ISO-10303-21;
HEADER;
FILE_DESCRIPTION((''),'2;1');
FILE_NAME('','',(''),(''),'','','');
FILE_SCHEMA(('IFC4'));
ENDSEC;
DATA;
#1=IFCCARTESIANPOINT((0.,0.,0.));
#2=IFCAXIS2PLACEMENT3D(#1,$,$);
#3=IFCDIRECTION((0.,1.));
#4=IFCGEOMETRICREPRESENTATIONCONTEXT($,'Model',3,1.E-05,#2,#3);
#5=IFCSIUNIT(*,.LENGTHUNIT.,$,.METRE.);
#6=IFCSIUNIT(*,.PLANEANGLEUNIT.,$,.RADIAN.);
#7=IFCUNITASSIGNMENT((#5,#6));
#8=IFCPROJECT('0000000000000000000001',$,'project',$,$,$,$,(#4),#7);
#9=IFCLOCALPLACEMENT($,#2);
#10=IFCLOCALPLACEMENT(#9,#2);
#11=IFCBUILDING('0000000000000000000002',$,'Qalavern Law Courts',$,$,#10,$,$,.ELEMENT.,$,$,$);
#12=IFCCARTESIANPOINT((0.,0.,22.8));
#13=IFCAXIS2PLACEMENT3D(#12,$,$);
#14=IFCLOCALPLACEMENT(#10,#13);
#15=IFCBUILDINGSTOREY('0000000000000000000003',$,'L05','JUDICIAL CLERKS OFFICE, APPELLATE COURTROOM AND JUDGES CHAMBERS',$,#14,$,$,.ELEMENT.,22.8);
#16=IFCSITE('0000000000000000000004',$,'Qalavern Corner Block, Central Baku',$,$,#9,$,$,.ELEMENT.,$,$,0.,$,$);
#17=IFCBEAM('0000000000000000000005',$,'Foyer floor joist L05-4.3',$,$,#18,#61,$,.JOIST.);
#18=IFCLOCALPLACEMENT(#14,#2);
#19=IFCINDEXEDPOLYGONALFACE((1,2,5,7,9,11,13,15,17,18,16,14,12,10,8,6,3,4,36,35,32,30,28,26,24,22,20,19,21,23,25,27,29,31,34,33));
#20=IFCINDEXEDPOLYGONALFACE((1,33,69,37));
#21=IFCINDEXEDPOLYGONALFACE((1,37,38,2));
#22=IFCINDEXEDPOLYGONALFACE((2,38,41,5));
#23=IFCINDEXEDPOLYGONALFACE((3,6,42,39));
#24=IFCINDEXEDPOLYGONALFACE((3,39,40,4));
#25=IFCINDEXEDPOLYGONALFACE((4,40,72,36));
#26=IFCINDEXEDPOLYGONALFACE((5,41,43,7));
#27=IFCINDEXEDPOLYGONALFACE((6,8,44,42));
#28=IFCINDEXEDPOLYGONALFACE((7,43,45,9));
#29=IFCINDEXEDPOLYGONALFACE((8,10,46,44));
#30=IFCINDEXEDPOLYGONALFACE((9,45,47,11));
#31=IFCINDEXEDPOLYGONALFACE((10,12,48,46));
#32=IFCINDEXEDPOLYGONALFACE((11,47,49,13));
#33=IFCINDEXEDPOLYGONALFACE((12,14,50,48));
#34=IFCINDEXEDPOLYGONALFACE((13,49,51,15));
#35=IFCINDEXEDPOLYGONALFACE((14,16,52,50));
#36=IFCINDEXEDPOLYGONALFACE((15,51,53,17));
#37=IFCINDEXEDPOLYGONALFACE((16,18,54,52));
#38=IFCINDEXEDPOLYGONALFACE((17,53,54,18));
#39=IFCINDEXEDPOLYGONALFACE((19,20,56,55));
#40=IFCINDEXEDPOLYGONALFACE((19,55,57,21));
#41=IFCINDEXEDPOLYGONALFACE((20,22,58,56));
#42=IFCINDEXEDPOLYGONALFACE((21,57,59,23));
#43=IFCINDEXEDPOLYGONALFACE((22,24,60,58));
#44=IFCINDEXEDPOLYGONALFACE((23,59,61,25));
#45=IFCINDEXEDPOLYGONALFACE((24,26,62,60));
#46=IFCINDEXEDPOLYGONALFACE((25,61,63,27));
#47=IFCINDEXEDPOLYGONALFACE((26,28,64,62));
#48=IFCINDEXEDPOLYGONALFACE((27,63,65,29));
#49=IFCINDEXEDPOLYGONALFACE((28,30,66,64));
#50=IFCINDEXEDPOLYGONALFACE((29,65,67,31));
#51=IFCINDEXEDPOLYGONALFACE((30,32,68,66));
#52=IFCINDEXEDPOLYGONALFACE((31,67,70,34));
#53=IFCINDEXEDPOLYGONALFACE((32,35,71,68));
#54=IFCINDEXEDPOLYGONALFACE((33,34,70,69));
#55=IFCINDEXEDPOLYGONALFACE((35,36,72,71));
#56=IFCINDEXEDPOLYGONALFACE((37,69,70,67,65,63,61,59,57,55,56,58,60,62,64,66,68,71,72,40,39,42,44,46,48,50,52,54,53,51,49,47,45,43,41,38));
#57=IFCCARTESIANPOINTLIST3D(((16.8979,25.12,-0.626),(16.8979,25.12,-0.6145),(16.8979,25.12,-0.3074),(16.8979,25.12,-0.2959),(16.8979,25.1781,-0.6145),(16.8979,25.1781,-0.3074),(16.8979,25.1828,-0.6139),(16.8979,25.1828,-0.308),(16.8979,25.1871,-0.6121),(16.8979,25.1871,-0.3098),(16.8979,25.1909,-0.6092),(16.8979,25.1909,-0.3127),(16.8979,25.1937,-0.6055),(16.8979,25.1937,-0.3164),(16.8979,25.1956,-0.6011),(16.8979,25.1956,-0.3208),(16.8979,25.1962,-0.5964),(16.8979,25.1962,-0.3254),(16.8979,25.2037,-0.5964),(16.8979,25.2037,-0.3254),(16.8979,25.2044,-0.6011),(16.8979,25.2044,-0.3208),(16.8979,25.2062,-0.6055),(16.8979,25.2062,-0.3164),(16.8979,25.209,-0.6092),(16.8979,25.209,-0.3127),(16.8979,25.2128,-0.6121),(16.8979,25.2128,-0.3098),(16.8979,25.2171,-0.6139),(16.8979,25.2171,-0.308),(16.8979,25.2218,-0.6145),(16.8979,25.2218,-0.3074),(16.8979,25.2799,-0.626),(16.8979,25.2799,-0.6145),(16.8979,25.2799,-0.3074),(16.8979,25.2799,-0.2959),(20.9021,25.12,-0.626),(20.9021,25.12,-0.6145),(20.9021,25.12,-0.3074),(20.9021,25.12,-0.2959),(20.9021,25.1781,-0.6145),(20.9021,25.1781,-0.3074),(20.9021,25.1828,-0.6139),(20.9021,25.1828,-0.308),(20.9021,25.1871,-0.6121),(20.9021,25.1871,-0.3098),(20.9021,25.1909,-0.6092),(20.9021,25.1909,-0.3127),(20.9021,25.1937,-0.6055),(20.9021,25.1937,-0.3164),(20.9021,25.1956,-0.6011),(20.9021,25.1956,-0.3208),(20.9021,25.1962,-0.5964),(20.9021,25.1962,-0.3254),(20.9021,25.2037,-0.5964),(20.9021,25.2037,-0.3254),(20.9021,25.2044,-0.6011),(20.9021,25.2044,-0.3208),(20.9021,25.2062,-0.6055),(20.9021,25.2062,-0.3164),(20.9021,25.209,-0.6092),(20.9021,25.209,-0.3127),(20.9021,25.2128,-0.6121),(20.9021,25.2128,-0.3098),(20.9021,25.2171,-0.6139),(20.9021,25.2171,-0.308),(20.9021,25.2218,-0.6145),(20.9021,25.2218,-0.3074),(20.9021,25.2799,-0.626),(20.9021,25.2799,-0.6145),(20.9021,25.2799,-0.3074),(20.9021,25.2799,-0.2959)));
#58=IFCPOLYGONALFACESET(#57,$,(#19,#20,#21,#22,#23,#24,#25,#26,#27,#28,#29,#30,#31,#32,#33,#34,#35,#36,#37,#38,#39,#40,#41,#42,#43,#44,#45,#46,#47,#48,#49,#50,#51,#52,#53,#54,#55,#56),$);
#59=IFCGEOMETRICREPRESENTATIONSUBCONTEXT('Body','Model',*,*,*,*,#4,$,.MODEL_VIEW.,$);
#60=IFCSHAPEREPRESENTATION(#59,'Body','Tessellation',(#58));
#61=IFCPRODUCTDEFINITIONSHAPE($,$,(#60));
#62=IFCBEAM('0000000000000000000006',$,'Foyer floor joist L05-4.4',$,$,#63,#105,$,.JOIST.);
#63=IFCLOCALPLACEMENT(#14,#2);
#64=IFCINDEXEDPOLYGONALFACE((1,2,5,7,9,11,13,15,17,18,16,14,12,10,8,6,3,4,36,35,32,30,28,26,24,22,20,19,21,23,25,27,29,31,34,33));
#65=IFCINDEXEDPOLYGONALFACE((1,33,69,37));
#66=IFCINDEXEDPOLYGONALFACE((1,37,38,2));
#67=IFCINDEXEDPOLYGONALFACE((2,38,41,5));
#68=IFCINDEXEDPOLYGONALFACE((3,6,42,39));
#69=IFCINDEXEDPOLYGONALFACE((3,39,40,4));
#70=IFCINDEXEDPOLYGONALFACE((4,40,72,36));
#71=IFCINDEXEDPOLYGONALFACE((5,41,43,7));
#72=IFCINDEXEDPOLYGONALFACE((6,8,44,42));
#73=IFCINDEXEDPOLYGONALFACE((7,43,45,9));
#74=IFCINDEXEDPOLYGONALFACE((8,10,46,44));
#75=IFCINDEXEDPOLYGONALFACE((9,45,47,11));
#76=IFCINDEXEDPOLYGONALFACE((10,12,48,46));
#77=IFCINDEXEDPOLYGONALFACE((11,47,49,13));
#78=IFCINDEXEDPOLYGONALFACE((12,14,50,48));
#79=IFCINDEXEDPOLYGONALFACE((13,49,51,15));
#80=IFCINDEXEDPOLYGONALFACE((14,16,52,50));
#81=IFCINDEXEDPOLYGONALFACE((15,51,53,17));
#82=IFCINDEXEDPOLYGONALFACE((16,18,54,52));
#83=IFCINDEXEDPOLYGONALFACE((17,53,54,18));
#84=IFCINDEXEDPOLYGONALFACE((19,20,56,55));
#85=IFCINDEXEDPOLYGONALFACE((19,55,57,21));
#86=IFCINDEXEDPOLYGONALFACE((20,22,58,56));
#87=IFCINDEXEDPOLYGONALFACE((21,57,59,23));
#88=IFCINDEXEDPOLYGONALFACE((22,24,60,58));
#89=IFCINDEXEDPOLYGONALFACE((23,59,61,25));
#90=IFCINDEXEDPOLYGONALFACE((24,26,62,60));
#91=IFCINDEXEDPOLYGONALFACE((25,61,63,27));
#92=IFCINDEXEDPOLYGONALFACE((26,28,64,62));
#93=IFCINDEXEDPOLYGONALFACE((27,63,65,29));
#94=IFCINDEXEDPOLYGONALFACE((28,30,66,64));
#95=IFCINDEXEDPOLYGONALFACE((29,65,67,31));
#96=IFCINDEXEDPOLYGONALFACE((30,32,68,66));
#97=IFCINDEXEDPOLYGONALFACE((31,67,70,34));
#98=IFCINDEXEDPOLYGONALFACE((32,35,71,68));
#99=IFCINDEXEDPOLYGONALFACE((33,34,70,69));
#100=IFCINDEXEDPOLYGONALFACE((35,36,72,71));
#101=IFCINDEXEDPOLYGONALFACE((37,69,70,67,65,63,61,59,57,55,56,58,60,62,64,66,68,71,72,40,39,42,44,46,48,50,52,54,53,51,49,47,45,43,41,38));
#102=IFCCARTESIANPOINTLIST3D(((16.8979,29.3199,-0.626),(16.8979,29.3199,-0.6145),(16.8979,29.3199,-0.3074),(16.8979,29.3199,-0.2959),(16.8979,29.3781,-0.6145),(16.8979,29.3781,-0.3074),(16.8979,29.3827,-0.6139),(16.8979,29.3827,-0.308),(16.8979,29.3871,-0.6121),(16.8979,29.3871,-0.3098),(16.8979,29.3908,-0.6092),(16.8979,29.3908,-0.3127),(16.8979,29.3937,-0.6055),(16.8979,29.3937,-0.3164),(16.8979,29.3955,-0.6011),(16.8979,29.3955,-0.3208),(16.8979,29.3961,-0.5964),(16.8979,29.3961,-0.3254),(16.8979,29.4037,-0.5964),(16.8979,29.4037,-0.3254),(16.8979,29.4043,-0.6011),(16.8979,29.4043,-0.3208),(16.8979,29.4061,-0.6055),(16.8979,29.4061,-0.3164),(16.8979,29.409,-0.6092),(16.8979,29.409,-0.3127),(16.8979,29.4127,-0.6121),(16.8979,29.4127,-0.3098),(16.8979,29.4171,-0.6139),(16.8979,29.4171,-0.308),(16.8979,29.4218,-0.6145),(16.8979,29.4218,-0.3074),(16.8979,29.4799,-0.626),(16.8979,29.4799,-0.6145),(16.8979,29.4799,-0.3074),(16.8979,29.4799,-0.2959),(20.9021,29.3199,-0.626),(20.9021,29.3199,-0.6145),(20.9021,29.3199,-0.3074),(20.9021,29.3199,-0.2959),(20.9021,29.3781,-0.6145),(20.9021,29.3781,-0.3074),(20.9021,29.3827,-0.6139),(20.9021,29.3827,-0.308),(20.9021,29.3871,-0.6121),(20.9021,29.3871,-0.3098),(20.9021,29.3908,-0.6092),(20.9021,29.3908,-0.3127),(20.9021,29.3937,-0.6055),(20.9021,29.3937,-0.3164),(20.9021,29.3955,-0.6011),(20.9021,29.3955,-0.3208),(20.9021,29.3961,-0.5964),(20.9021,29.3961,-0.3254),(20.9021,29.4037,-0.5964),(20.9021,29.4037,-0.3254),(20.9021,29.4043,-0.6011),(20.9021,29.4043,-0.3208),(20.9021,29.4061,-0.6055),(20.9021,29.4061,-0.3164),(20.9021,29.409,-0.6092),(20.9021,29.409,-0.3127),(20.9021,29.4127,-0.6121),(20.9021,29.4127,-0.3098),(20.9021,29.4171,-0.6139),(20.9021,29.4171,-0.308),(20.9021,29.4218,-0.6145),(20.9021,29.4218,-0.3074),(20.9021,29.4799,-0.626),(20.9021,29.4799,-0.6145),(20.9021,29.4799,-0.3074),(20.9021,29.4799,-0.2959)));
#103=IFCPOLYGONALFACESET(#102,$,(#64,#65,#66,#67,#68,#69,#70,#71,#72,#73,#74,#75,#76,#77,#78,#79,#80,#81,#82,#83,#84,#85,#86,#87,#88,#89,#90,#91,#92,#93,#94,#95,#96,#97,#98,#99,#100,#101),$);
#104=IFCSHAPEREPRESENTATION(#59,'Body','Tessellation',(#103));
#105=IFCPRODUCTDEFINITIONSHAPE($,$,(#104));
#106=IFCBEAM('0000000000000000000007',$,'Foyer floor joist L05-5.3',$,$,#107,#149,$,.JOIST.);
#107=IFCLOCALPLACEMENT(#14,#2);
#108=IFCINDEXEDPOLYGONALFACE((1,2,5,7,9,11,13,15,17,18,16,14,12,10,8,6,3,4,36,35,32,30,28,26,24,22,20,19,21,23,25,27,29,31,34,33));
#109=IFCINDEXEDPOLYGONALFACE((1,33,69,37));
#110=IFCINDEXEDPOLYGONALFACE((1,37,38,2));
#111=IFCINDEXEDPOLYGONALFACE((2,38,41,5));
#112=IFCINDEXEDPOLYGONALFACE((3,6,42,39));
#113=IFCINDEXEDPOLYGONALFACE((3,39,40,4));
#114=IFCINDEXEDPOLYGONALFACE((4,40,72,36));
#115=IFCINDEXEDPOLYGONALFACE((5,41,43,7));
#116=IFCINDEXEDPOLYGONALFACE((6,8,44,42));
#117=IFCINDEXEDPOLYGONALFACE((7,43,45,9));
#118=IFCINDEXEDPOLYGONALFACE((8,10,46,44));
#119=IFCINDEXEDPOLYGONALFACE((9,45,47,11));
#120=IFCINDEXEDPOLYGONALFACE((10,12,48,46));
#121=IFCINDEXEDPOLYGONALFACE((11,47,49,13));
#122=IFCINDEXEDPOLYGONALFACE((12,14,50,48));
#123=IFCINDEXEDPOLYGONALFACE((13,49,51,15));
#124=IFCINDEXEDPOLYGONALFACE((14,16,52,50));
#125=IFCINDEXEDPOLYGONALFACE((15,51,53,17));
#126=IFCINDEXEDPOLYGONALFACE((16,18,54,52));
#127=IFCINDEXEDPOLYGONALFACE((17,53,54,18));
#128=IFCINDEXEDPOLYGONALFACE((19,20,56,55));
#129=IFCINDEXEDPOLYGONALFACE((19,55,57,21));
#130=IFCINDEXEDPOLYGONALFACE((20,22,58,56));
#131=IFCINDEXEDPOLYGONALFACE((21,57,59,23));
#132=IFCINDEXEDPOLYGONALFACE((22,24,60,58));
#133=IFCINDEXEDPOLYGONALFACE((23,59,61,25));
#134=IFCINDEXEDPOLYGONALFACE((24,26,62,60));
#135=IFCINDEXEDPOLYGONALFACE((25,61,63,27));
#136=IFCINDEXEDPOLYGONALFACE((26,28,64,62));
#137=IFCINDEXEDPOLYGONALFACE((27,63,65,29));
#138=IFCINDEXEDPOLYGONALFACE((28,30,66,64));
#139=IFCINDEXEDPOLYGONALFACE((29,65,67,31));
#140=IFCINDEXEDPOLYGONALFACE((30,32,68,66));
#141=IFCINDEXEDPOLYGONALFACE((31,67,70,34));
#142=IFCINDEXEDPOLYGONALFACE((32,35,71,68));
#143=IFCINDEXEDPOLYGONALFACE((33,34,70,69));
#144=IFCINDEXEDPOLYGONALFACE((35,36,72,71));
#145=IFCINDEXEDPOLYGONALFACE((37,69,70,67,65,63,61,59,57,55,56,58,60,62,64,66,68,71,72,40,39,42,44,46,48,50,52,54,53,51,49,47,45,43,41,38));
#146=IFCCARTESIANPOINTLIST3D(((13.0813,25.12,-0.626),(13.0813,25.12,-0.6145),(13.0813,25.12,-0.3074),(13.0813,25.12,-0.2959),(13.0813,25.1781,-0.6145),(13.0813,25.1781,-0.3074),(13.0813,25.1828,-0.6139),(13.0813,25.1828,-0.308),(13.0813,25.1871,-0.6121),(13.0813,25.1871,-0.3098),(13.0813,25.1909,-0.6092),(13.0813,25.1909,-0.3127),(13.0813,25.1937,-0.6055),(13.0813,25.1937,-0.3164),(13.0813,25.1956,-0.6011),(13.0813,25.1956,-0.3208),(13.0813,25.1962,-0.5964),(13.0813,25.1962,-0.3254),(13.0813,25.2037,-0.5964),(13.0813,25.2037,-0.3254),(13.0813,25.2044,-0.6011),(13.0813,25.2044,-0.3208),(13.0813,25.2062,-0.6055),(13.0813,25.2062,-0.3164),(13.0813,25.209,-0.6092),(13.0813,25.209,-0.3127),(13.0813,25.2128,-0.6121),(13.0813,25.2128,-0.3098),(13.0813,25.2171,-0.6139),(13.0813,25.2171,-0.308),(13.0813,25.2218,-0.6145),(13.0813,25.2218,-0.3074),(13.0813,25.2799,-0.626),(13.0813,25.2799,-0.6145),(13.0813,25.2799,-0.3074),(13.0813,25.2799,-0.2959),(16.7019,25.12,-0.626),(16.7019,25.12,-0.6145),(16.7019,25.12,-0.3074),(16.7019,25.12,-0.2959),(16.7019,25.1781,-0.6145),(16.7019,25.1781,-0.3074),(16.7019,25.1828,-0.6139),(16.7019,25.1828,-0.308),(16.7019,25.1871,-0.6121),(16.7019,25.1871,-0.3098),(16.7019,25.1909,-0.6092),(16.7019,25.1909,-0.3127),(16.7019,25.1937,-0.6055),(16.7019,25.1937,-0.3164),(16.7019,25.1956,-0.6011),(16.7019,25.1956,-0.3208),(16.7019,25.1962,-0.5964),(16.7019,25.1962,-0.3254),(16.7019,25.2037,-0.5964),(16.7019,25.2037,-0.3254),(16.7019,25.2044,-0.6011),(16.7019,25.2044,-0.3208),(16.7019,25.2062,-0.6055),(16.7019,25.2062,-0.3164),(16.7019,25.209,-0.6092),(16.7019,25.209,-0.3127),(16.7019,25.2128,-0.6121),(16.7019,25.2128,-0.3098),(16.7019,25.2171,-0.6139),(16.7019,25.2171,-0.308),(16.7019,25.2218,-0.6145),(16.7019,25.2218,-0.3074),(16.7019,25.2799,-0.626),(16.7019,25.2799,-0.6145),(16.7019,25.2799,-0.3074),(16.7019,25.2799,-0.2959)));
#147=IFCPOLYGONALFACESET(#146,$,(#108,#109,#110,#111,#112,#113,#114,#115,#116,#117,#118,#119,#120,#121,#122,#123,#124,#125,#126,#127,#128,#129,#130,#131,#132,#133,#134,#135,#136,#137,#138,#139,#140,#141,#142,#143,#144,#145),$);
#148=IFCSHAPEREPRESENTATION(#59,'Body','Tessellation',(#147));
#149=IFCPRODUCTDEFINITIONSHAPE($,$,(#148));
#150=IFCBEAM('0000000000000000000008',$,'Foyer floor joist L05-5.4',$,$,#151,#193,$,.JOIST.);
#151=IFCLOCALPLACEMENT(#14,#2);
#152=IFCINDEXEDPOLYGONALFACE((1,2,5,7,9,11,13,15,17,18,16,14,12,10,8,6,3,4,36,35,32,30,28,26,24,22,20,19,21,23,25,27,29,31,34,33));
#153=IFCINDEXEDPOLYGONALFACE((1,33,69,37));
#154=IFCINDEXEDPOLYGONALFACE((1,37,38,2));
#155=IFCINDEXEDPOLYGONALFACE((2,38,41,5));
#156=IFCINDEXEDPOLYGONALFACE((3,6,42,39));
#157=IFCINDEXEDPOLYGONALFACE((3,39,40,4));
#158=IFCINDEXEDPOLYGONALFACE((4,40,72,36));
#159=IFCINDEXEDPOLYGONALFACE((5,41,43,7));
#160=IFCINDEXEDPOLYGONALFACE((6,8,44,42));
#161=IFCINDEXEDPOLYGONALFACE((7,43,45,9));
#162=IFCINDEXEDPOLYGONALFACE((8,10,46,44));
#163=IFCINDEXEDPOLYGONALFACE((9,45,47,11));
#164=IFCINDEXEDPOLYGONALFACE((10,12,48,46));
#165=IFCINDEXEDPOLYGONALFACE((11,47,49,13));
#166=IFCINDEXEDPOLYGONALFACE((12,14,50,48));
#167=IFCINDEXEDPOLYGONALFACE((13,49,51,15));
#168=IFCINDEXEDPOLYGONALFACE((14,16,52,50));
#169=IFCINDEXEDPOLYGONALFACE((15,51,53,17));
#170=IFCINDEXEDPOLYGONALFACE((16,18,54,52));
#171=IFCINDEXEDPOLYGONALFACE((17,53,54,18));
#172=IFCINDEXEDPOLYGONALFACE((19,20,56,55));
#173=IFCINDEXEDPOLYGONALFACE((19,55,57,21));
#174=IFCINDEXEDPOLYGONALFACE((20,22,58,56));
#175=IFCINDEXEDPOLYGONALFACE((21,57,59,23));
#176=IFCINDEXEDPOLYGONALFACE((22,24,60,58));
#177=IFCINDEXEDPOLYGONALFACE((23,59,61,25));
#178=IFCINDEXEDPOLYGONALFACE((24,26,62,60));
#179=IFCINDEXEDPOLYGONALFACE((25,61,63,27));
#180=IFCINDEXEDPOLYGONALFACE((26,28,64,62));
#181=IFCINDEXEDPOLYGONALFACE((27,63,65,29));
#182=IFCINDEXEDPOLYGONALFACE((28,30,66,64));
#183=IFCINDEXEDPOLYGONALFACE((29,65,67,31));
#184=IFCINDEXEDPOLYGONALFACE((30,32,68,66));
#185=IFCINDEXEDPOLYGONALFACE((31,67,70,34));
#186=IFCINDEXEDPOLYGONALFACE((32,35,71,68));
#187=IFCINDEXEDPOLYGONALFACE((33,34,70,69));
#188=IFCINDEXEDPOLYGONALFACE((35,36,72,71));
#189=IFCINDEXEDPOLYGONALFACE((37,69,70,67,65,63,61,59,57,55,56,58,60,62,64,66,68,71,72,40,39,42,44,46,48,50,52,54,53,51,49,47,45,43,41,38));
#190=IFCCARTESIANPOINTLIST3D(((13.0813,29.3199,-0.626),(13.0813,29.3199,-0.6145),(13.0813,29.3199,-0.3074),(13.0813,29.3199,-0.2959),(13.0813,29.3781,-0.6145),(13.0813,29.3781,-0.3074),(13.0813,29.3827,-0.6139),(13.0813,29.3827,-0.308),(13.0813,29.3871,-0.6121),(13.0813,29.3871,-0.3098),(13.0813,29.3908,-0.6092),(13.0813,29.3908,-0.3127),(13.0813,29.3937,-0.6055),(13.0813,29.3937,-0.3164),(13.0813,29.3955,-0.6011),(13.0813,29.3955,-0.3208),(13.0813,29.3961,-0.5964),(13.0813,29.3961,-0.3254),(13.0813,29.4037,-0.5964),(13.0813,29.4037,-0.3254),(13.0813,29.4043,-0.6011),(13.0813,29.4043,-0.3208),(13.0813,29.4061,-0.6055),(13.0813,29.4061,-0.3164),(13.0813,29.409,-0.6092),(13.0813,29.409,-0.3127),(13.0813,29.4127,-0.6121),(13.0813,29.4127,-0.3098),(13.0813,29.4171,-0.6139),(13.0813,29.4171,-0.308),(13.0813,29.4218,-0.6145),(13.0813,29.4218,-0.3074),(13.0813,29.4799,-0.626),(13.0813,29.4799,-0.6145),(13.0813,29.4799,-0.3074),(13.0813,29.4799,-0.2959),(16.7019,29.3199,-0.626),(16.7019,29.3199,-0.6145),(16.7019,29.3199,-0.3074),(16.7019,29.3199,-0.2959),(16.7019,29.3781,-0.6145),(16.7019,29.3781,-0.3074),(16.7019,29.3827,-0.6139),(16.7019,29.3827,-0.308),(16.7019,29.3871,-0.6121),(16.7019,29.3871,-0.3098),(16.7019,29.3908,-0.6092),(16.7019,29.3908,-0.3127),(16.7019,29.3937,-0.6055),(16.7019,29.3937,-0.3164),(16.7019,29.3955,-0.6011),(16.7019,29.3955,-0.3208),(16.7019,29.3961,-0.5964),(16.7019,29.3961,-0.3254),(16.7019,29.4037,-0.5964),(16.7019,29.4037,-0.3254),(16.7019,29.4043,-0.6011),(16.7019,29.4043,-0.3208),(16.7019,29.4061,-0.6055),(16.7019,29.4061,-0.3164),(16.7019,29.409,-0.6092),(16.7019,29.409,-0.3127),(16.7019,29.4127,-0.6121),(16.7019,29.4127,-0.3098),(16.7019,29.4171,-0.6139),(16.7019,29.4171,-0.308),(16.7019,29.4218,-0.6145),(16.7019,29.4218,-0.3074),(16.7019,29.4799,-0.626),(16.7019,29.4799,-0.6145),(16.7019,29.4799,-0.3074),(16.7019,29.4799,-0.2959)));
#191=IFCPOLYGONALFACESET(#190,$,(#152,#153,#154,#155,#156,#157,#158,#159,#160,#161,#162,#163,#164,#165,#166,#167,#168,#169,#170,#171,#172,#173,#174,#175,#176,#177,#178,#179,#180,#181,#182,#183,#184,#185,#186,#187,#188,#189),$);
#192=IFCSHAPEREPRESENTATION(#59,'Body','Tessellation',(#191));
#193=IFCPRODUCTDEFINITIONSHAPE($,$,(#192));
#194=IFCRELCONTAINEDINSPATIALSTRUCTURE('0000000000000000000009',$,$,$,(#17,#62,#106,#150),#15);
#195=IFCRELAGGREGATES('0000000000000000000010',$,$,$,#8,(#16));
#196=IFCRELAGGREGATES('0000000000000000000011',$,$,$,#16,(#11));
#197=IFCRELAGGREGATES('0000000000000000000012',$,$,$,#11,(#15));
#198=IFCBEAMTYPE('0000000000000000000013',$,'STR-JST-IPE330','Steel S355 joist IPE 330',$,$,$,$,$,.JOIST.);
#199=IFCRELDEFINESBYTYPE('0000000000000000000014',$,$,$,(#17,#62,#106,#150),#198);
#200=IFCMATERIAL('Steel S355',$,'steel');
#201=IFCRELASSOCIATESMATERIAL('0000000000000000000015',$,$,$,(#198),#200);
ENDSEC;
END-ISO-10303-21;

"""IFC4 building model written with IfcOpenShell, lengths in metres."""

from ifc_helpers import new_model, si_unit, direction, frame, origin, origin_2d, place, context, subcontext, project, spatial, i_section, extrude, material, material_profile, profile_set, type_object, element, save


model = new_model("IFC4")

# Units and contexts
model_context = context("Model", 3, precision=1e-05, world=origin(), true_north=direction((0.0, 1.0)))
body_context = subcontext(model_context, "Body", "Model", "MODEL_VIEW")
ifc_project = project(units=[si_unit("LENGTHUNIT", "METRE"), si_unit("PLANEANGLEUNIT", "RADIAN")], contexts=[model_context])

# Site, building, storey
site_placement = place(None, origin())
site = spatial("IfcSite", under=ifc_project, at=site_placement, Name="Qalavern Corner Block, Central Baku", CompositionType="ELEMENT", RefElevation=0.0)
building_placement = place(site_placement, origin())
building = spatial("IfcBuilding", under=site, at=building_placement, Name="Qalavern Law Courts", CompositionType="ELEMENT")
storey_placement = place(building_placement, frame((0.0, 0.0, 22.8)))
storey = spatial("IfcBuildingStorey", under=building, at=storey_placement, Name="L05", Description="JUDICIAL CLERKS OFFICE, APPELLATE COURTROOM AND JUDGES CHAMBERS", CompositionType="ELEMENT", Elevation=22.8)

# Beams
ifc_material_1 = material(Name="Steel S355", Category="steel")
ifc_material_profile_1 = material_profile(ifc_material_1, i_section(OverallWidth=0.1599, OverallDepth=0.3301, WebThickness=0.0076, FlangeThickness=0.0115, FilletRadius=0.0181, at=origin_2d()), Name="IPE 330")
ifc_profile_set_1 = profile_set([ifc_material_profile_1], Name="Steel S355")
beam_type_1 = type_object("IfcBeamType", Name="STR-JST-IPE330", Description="Steel S355 joist IPE 330", PredefinedType="JOIST", material=ifc_profile_set_1)
for number, where, z_axis, x_axis, name in (
    (1, (16.8979, 25.2, -0.4609), (1.0, 0.0, 0.0), (0.0, 1.0, 0.0), "Foyer floor joist L05-4.3"),
    (2, (16.8979, 29.3999, -0.4609), (1.0, 0.0, 0.0), (0.0, 1.0, 0.0), "Foyer floor joist L05-4.4"),
):
    element("IfcBeam", number, at=place(storey_placement, frame(where, z_axis=z_axis, x_axis=x_axis)), inside=storey, type_object=beam_type_1, Name=name, PredefinedType="JOIST", context=body_context, shape_type="SweptSolid", body=[
        extrude(i_section(OverallWidth=0.1599, OverallDepth=0.3301, WebThickness=0.0076, FlangeThickness=0.0115, FilletRadius=0.0181, at=origin_2d()), origin(), (0.0, 0.0, 1.0), 4.0042),
    ])
for number, where, z_axis, x_axis, name in (
    (3, (13.0813, 25.2, -0.4609), (1.0, 0.0, 0.0), (0.0, 1.0, 0.0), "Foyer floor joist L05-5.3"),
    (4, (13.0813, 29.3999, -0.4609), (1.0, 0.0, 0.0), (0.0, 1.0, 0.0), "Foyer floor joist L05-5.4"),
):
    element("IfcBeam", number, at=place(storey_placement, frame(where, z_axis=z_axis, x_axis=x_axis)), inside=storey, type_object=beam_type_1, Name=name, PredefinedType="JOIST", context=body_context, shape_type="SweptSolid", body=[
        extrude(i_section(OverallWidth=0.1599, OverallDepth=0.3301, WebThickness=0.0076, FlangeThickness=0.0115, FilletRadius=0.0181, at=origin_2d()), origin(), (0.0, 0.0, 1.0), 3.6206),
    ])

save(model, "model.ifc")
